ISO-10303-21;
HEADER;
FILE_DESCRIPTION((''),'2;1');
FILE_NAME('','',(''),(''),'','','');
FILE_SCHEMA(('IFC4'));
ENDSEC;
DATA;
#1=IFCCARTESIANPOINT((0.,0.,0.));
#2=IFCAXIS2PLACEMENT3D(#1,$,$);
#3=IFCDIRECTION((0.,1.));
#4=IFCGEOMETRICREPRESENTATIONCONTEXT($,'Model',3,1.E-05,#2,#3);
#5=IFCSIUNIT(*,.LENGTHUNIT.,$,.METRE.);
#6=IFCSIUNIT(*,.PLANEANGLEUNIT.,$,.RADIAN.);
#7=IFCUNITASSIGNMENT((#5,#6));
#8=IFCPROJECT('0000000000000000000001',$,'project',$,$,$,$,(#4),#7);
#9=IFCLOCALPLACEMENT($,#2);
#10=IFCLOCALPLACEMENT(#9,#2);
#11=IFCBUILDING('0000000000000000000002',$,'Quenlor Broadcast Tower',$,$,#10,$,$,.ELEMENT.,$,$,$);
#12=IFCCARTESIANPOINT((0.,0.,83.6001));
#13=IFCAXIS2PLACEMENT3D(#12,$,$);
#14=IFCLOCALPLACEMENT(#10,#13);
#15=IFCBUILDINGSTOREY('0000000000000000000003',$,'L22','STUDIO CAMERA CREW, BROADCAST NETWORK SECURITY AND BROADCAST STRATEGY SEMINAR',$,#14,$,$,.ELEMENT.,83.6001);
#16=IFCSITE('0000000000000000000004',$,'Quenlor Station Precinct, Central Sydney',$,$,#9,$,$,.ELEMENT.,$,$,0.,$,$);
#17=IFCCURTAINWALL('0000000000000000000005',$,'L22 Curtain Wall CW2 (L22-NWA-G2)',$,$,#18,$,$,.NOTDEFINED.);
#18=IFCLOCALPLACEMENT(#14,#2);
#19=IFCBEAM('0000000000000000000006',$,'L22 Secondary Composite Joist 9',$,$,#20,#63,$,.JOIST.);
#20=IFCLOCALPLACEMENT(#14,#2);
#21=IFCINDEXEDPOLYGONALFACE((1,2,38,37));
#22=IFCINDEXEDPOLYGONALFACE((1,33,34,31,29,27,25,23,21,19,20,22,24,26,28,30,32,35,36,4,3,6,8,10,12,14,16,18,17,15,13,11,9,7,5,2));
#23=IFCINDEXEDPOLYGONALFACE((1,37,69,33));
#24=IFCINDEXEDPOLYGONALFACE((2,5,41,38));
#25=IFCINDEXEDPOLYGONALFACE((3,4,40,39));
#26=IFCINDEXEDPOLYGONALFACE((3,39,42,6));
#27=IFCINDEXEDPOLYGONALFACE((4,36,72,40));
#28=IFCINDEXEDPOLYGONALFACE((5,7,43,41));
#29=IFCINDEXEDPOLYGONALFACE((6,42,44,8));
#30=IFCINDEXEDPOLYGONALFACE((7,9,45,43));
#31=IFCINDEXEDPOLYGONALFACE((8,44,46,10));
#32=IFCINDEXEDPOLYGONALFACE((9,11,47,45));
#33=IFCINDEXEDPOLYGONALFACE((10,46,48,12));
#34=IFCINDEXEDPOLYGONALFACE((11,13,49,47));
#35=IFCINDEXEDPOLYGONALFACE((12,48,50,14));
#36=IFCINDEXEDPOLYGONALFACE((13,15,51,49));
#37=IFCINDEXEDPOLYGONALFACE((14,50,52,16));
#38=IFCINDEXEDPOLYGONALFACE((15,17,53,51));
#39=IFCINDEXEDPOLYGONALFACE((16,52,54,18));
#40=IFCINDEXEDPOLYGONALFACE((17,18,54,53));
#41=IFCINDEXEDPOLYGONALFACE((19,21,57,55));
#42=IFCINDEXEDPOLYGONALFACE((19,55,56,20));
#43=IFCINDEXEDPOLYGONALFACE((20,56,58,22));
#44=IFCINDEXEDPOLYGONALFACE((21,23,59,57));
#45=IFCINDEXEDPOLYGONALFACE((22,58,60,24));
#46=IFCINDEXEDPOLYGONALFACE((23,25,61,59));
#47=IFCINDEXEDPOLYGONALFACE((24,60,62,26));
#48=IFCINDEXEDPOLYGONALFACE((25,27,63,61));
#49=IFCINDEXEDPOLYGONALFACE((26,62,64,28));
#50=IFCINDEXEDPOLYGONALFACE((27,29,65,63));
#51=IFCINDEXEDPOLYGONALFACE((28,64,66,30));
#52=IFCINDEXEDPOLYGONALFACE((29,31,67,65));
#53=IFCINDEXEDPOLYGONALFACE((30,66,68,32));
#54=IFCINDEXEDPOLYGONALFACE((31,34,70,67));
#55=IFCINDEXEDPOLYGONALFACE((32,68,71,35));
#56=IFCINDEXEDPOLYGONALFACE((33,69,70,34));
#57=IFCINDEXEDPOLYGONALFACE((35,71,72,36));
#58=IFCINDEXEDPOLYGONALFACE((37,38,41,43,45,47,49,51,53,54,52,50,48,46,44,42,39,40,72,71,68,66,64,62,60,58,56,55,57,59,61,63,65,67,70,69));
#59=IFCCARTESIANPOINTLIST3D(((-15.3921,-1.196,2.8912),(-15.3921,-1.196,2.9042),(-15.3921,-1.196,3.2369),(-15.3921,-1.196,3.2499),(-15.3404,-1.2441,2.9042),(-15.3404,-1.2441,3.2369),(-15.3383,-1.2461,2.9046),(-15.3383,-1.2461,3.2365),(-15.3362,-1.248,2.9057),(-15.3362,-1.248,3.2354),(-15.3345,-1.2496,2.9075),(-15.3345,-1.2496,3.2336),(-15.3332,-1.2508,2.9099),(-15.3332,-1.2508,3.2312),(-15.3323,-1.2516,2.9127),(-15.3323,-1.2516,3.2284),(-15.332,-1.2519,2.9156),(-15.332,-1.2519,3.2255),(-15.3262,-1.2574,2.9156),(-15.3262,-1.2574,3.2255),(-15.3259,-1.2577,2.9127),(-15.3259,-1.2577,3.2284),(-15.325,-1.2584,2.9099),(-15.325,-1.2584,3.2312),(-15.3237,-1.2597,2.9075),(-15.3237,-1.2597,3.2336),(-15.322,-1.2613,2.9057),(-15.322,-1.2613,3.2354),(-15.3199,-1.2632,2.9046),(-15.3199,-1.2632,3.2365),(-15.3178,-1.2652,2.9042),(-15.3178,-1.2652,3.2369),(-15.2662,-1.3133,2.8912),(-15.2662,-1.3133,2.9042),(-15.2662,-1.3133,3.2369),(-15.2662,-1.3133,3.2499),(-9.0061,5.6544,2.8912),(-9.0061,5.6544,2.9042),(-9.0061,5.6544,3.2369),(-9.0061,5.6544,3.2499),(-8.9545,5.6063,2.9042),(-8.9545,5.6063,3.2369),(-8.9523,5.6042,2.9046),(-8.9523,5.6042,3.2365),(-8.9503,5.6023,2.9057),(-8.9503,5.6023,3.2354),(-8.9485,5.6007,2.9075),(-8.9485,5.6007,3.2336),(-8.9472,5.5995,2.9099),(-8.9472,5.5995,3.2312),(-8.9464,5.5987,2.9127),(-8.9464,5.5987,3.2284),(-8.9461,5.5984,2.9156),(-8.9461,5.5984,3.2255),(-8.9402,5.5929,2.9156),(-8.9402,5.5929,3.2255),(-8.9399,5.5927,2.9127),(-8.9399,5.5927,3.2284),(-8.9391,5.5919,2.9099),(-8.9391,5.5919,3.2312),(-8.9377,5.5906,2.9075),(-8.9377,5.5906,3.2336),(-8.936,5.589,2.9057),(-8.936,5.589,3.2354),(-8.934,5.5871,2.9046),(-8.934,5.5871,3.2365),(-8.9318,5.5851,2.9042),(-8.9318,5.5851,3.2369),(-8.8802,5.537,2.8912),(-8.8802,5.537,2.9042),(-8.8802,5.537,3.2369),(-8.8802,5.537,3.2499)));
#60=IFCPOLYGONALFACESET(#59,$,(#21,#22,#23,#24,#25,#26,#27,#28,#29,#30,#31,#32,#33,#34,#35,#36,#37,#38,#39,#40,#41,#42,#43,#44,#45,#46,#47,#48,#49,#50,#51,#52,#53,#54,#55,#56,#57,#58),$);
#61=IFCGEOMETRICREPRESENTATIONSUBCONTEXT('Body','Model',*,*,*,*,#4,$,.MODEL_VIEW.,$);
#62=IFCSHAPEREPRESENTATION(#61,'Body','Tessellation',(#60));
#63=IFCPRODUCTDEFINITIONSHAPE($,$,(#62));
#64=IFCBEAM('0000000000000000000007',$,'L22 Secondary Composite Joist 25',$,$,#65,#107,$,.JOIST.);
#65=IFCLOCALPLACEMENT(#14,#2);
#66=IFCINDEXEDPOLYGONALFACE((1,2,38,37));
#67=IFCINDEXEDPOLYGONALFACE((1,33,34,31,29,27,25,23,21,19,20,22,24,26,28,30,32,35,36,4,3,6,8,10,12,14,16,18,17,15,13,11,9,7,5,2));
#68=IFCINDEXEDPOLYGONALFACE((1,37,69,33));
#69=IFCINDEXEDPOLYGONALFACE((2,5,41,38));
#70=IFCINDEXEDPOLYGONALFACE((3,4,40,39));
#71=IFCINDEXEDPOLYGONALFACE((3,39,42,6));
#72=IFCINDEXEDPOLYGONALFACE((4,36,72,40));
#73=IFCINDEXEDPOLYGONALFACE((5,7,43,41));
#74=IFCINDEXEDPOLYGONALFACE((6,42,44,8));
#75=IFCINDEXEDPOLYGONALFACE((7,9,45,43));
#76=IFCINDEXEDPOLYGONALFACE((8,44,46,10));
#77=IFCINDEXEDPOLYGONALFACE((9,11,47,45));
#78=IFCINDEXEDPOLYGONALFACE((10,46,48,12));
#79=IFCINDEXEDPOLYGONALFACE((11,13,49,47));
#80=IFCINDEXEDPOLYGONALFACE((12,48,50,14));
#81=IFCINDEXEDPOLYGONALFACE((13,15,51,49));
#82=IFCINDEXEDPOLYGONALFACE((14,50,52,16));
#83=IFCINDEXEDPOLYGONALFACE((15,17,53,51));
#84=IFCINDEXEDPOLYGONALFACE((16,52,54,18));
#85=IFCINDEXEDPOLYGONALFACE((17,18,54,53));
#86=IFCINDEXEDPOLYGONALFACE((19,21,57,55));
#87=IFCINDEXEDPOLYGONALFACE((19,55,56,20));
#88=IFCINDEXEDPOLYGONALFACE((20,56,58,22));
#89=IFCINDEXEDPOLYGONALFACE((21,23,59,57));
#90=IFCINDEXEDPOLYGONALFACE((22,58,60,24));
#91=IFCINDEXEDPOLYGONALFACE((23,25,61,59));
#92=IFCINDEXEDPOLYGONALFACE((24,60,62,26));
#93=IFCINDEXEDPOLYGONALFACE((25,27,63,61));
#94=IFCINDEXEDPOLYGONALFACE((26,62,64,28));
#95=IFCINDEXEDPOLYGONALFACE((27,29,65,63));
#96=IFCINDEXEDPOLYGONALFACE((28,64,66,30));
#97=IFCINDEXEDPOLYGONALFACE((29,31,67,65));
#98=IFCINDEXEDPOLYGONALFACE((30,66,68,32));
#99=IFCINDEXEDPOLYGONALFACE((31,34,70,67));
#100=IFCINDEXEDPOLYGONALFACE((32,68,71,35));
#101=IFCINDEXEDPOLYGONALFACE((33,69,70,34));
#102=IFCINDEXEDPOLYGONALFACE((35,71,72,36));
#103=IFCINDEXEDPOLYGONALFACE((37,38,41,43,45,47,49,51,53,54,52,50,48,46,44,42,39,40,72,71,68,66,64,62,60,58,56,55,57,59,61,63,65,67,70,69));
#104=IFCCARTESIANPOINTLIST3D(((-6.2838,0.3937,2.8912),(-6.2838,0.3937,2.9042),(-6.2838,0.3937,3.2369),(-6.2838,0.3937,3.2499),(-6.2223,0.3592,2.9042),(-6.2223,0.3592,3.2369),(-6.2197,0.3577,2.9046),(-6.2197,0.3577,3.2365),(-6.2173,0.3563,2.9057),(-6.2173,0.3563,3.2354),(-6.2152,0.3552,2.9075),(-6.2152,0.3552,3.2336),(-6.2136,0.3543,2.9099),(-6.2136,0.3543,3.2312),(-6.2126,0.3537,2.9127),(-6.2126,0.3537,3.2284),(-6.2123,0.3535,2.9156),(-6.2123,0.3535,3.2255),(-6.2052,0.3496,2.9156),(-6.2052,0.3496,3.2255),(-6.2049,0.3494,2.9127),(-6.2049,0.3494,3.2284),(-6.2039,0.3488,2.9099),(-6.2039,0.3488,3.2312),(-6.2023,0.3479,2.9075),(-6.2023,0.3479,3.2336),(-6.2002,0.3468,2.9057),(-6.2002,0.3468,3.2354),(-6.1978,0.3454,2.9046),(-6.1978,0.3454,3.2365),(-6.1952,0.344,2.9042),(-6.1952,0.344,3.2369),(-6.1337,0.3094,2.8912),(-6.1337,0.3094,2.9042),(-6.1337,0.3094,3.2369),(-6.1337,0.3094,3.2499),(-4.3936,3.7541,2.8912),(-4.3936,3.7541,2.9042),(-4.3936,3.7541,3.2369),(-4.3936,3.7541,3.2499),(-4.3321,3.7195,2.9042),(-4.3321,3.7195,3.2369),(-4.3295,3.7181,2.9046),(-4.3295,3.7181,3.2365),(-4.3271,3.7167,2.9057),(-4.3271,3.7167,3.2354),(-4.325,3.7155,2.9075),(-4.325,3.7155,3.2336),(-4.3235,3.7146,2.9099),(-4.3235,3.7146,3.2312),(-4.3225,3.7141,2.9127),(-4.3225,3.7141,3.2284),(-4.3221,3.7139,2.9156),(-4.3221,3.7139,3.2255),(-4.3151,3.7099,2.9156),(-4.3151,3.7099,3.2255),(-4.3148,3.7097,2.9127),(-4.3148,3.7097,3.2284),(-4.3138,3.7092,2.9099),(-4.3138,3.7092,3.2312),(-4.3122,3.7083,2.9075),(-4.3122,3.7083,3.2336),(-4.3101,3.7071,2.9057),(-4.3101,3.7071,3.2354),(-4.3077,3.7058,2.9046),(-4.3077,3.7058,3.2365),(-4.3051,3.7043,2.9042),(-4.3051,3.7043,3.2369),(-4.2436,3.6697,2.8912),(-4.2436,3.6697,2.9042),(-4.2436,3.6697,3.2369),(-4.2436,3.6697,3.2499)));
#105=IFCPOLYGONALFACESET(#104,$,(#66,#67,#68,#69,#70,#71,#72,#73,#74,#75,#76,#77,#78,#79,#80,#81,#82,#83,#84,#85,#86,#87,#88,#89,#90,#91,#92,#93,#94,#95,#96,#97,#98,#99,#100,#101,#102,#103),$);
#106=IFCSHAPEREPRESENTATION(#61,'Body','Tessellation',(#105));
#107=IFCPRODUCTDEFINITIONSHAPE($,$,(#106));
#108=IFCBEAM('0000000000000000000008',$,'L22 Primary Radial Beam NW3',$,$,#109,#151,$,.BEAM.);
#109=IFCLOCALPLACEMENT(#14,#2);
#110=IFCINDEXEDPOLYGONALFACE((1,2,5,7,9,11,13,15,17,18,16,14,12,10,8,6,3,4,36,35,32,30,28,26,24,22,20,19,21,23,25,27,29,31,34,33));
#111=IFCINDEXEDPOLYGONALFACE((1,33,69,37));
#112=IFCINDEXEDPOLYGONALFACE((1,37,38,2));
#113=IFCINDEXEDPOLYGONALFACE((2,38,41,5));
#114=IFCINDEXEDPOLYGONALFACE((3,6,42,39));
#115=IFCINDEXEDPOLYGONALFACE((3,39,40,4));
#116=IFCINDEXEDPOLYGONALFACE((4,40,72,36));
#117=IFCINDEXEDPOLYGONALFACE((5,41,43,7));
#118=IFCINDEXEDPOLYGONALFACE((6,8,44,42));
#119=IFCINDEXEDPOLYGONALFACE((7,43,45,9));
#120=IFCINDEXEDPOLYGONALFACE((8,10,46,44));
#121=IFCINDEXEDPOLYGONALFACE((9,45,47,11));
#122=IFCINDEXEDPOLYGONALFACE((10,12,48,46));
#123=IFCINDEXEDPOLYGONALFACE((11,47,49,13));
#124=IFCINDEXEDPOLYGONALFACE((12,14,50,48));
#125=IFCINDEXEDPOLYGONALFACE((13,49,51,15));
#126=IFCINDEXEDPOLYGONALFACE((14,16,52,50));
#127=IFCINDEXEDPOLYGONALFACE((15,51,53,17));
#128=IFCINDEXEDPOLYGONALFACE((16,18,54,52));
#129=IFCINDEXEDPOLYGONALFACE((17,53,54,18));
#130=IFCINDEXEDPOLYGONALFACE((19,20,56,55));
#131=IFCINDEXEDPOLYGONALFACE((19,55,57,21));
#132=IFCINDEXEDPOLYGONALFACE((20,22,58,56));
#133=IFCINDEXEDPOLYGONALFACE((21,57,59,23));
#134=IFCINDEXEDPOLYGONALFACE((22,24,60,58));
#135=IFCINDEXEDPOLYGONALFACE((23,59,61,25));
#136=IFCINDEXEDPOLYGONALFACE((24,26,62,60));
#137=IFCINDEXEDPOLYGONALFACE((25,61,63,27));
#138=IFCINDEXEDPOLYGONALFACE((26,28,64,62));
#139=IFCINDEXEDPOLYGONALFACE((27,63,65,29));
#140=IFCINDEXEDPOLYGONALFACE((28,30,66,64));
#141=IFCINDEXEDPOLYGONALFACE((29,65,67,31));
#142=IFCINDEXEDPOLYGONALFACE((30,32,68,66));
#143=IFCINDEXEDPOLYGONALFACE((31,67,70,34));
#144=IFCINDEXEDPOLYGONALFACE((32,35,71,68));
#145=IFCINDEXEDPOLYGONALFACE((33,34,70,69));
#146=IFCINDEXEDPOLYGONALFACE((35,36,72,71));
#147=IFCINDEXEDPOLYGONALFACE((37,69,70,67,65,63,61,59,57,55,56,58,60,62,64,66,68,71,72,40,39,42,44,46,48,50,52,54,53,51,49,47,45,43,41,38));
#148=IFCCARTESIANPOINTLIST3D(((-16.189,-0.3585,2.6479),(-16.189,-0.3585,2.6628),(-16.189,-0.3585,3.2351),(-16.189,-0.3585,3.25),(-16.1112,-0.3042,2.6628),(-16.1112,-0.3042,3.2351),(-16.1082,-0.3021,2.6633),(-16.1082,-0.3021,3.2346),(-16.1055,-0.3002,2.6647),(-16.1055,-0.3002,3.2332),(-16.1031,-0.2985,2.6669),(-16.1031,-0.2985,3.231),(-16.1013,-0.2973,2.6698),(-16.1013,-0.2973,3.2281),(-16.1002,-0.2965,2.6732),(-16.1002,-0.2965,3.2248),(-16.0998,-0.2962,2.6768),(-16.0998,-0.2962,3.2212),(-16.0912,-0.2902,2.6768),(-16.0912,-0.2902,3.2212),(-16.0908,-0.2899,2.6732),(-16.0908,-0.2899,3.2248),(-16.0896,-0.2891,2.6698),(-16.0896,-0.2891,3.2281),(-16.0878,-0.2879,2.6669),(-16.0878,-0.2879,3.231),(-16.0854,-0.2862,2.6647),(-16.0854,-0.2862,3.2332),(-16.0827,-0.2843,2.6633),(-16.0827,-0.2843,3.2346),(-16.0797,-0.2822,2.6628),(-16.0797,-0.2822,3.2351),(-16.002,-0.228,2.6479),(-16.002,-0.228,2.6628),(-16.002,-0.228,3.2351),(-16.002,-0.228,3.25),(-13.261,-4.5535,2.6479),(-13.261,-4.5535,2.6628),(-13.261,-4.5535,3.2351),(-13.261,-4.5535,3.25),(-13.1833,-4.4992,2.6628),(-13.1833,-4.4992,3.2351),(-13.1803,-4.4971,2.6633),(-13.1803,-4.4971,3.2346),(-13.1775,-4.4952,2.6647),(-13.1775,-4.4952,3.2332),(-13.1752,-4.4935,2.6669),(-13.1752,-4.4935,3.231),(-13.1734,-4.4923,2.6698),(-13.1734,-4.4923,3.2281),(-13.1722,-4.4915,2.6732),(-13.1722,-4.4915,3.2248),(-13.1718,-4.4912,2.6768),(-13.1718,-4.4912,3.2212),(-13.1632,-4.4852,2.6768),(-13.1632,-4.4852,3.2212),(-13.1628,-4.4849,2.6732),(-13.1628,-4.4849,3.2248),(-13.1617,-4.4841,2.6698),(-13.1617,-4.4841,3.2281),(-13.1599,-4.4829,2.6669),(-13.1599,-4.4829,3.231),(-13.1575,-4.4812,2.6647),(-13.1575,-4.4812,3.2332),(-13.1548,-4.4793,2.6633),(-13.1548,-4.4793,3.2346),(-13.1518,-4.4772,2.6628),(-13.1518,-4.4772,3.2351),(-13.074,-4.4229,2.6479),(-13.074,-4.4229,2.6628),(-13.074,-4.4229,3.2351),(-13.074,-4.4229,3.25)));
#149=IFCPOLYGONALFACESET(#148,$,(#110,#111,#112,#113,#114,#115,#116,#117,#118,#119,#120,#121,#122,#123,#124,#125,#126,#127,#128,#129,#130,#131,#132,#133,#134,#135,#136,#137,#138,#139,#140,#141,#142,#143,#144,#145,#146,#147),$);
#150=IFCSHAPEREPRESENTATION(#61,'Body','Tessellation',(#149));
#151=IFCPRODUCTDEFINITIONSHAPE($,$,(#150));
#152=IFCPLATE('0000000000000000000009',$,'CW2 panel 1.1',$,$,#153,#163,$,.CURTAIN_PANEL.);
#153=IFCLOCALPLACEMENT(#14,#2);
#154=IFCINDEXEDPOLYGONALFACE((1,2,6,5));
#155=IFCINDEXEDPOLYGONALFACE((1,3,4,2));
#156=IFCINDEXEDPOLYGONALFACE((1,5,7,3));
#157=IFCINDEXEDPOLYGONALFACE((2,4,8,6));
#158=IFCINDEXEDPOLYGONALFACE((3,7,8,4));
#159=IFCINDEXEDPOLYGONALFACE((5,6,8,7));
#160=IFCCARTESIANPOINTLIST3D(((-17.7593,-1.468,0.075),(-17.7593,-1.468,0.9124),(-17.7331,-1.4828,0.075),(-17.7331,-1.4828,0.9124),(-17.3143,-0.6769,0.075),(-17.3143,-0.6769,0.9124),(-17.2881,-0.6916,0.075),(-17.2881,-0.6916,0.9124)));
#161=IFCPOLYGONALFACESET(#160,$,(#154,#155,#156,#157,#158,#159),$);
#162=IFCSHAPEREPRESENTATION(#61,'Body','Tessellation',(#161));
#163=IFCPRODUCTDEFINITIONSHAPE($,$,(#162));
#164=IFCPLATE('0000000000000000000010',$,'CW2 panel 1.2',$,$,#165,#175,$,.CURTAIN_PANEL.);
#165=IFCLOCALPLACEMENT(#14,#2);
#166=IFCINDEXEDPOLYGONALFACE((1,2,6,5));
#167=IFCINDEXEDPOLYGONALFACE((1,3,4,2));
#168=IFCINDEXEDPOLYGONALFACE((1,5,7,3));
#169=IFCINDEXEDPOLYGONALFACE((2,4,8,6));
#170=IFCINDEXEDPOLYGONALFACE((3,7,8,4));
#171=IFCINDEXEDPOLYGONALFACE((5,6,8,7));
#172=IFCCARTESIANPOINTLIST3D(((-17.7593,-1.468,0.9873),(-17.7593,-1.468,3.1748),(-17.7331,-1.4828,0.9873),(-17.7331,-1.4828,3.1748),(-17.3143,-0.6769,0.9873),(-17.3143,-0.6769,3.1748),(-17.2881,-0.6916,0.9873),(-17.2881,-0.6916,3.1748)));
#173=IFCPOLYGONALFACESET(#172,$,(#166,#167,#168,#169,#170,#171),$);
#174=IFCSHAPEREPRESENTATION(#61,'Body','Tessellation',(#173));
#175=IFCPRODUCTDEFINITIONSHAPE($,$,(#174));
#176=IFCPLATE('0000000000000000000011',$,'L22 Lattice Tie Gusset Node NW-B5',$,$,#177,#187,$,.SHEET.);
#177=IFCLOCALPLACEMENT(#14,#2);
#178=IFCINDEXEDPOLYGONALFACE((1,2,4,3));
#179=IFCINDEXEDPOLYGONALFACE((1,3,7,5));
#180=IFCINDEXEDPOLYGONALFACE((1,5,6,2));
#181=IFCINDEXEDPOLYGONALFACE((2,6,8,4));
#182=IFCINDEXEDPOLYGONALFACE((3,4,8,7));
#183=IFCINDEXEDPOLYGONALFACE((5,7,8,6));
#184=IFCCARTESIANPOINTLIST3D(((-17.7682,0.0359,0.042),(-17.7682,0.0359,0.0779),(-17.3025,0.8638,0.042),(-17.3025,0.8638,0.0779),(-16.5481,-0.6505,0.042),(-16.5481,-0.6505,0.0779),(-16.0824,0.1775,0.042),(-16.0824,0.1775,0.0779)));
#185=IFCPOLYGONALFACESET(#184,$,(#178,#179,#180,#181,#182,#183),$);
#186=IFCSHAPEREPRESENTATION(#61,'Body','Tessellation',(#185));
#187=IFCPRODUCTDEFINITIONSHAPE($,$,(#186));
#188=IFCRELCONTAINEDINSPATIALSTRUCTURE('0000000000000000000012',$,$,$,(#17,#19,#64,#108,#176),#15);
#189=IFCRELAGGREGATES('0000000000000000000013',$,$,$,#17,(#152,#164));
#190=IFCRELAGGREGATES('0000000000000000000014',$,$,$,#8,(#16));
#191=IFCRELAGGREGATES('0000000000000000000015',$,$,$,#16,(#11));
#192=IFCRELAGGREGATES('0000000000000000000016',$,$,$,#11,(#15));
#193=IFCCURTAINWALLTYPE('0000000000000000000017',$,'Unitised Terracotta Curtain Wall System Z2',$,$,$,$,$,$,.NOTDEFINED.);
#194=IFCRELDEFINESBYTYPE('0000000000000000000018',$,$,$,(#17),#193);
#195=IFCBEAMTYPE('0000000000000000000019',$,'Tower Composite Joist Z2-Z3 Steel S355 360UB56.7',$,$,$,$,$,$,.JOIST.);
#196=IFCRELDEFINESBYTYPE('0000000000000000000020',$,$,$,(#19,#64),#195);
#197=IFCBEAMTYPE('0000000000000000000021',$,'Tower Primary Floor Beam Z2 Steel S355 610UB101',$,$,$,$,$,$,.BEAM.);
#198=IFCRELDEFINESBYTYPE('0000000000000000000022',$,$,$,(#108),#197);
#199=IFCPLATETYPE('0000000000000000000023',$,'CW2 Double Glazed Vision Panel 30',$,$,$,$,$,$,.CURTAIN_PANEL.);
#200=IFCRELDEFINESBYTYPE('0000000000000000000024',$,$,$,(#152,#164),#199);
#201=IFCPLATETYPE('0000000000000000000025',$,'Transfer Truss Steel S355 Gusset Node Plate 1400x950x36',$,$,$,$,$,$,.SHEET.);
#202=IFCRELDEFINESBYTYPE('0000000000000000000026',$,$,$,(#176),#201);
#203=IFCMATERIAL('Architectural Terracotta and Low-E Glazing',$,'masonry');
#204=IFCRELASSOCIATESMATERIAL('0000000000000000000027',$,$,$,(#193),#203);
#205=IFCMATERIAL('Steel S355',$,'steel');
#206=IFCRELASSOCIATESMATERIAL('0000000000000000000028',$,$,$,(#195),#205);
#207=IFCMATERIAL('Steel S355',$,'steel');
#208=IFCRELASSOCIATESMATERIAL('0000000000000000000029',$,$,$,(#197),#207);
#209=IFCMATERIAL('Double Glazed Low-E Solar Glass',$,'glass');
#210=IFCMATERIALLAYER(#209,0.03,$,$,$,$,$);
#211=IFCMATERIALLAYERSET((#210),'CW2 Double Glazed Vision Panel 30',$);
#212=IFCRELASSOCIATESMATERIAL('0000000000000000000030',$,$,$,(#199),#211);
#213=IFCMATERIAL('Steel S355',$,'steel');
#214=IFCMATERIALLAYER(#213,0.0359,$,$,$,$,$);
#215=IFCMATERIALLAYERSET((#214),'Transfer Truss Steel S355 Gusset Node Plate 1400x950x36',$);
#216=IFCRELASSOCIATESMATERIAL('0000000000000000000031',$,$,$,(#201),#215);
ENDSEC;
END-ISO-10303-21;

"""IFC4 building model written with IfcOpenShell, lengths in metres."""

from ifc_helpers import new_model, si_unit, direction, frame, origin, origin_2d, place, context, subcontext, project, spatial, rectangle, i_section, extrude, material, layer, layer_set, material_profile, profile_set, type_object, element, aggregate, save


model = new_model("IFC4")

# Units and contexts
model_context = context("Model", 3, precision=1e-05, world=origin(), true_north=direction((0.0, 1.0)))
body_context = subcontext(model_context, "Body", "Model", "MODEL_VIEW")
ifc_project = project(units=[si_unit("LENGTHUNIT", "METRE"), si_unit("PLANEANGLEUNIT", "RADIAN")], contexts=[model_context])

# Site, building, storey
site_placement = place(None, origin())
site = spatial("IfcSite", under=ifc_project, at=site_placement, Name="Quenlor Station Precinct, Central Sydney", CompositionType="ELEMENT", RefElevation=0.0)
building_placement = place(site_placement, origin())
building = spatial("IfcBuilding", under=site, at=building_placement, Name="Quenlor Broadcast Tower", CompositionType="ELEMENT")
storey_placement = place(building_placement, frame((0.0, 0.0, 83.6001)))
storey = spatial("IfcBuildingStorey", under=building, at=storey_placement, Name="L22", Description="STUDIO CAMERA CREW, BROADCAST NETWORK SECURITY AND BROADCAST STRATEGY SEMINAR", CompositionType="ELEMENT", Elevation=83.6001)

# Curtain wall
ifc_material_1 = material(Name="Architectural Terracotta and Low-E Glazing", Category="masonry")
curtain_wall_type = type_object("IfcCurtainWallType", Name="Unitised Terracotta Curtain Wall System Z2", PredefinedType="NOTDEFINED", material=ifc_material_1)
curtain_wall_1_placement = place(storey_placement, origin())
curtain_wall_1 = element("IfcCurtainWall", 1, at=curtain_wall_1_placement, inside=storey, type_object=curtain_wall_type, Name="L22 Curtain Wall CW2 (L22-NWA-G2)", PredefinedType="NOTDEFINED")

# Beams
ifc_material_2 = material(Name="Steel S355", Category="steel")
ifc_material_profile_1 = material_profile(ifc_material_2, i_section(OverallWidth=0.1721, OverallDepth=0.3586, WebThickness=0.0081, FlangeThickness=0.0129, FilletRadius=0.0115, at=origin_2d()))
ifc_profile_set_1 = profile_set([ifc_material_profile_1], Name="Steel S355 360UB56.7")
beam_type_1 = type_object("IfcBeamType", Name="Tower Composite Joist Z2-Z3 Steel S355 360UB56.7", PredefinedType="JOIST", material=ifc_profile_set_1)
beam_1_placement = place(storey_placement, frame((-15.3291, -1.2546, 3.0706), z_axis=(0.681881, 0.731463, 0.0), x_axis=(-0.731463, 0.681881, 0.0)))
element("IfcBeam", 2, at=beam_1_placement, inside=storey, type_object=beam_type_1, Name="L22 Secondary Composite Joist 9", PredefinedType="JOIST", context=body_context, shape_type="SweptSolid", body=[
    extrude(i_section(OverallWidth=0.1721, OverallDepth=0.3586, WebThickness=0.0081, FlangeThickness=0.0129, FilletRadius=0.0115, at=origin_2d()), origin(), (0.0, 0.0, 1.0), 9.3652),
])
beam_2_placement = place(storey_placement, frame((-4.3186, 3.7119, 3.0706), z_axis=(-0.490249, -0.871582, 0.0), x_axis=(0.871582, -0.490249, 0.0)))
element("IfcBeam", 3, at=beam_2_placement, inside=storey, type_object=beam_type_1, Name="L22 Secondary Composite Joist 25", PredefinedType="JOIST", context=body_context, shape_type="SweptSolid", body=[
    extrude(i_section(OverallWidth=0.1721, OverallDepth=0.3586, WebThickness=0.0081, FlangeThickness=0.0129, FilletRadius=0.0115, at=origin_2d()), origin(), (0.0, 0.0, 1.0), 3.8555),
])
ifc_material_3 = material(Name="Steel S355", Category="steel")
ifc_material_profile_2 = material_profile(ifc_material_3, i_section(OverallWidth=0.228, OverallDepth=0.6021, WebThickness=0.0105, FlangeThickness=0.0149, FilletRadius=0.0139, at=origin_2d()))
ifc_profile_set_2 = profile_set([ifc_material_profile_2], Name="Steel S355 610UB101")
beam_type_2 = type_object("IfcBeamType", Name="Tower Primary Floor Beam Z2 Steel S355 610UB101", PredefinedType="BEAM", material=ifc_profile_set_2)
beam_3_placement = place(storey_placement, frame((-16.0955, -0.2932, 2.949), z_axis=(0.572338, -0.820018, 0.0), x_axis=(0.820018, 0.572338, 0.0)))
element("IfcBeam", 4, at=beam_3_placement, inside=storey, type_object=beam_type_2, Name="L22 Primary Radial Beam NW3", PredefinedType="BEAM", context=body_context, shape_type="SweptSolid", body=[
    extrude(i_section(OverallWidth=0.228, OverallDepth=0.6021, WebThickness=0.0105, FlangeThickness=0.0149, FilletRadius=0.0139, at=origin_2d()), origin(), (0.0, 0.0, 1.0), 5.1157),
])

# Plates
ifc_material_4 = material(Name="Double Glazed Low-E Solar Glass", Category="glass")
ifc_layer_1 = layer(ifc_material_4, 0.03)
ifc_layer_set_1 = layer_set([ifc_layer_1], Name="CW2 Double Glazed Vision Panel 30")
plate_type_1 = type_object("IfcPlateType", Name="CW2 Double Glazed Vision Panel 30", PredefinedType="CURTAIN_PANEL", material=ifc_layer_set_1)
plate_1_placement = place(storey_placement, frame((-17.5237, -1.0798, 0.075), z_axis=(0.0, 0.0, 1.0), x_axis=(0.490252, 0.871581, 0.0)))
plate_1 = element("IfcPlate", 5, at=plate_1_placement, type_object=plate_type_1, Name="CW2 panel 1.1", PredefinedType="CURTAIN_PANEL", context=body_context, shape_type="SweptSolid", body=[
    extrude(rectangle(XDim=0.9077, YDim=0.03, at=origin_2d()), origin(), (0.0, 0.0, 1.0), 0.8374),
])
plate_2_placement = place(storey_placement, frame((-17.5237, -1.0798, 0.9873), z_axis=(0.0, 0.0, 1.0), x_axis=(0.490252, 0.871581, 0.0)))
plate_2 = element("IfcPlate", 6, at=plate_2_placement, type_object=plate_type_1, Name="CW2 panel 1.2", PredefinedType="CURTAIN_PANEL", context=body_context, shape_type="SweptSolid", body=[
    extrude(rectangle(XDim=0.9077, YDim=0.03, at=origin_2d()), origin(), (0.0, 0.0, 1.0), 2.1875),
])
aggregate(curtain_wall_1, [plate_1, plate_2])

# Plate
ifc_material_5 = material(Name="Steel S355", Category="steel")
ifc_layer_2 = layer(ifc_material_5, 0.0359)
ifc_layer_set_2 = layer_set([ifc_layer_2], Name="Transfer Truss Steel S355 Gusset Node Plate 1400x950x36")
plate_type_2 = type_object("IfcPlateType", Name="Transfer Truss Steel S355 Gusset Node Plate 1400x950x36", PredefinedType="SHEET", material=ifc_layer_set_2)
for number, where, z_axis, x_axis, name in (
    (7, (-16.9253, 0.1067, 0.042), (0.0, 0.0, 1.0), (-0.871556, 0.490295, 0.0), "L22 Lattice Tie Gusset Node NW-B5"),
):
    element("IfcPlate", number, at=place(storey_placement, frame(where, z_axis=z_axis, x_axis=x_axis)), inside=storey, type_object=plate_type_2, Name=name, PredefinedType="SHEET", context=body_context, shape_type="SweptSolid", body=[
        extrude(rectangle(XDim=1.3999, YDim=0.95, at=origin_2d()), origin(), (0.0, 0.0, 1.0), 0.0359),
    ])

save(model, "model.ifc")
